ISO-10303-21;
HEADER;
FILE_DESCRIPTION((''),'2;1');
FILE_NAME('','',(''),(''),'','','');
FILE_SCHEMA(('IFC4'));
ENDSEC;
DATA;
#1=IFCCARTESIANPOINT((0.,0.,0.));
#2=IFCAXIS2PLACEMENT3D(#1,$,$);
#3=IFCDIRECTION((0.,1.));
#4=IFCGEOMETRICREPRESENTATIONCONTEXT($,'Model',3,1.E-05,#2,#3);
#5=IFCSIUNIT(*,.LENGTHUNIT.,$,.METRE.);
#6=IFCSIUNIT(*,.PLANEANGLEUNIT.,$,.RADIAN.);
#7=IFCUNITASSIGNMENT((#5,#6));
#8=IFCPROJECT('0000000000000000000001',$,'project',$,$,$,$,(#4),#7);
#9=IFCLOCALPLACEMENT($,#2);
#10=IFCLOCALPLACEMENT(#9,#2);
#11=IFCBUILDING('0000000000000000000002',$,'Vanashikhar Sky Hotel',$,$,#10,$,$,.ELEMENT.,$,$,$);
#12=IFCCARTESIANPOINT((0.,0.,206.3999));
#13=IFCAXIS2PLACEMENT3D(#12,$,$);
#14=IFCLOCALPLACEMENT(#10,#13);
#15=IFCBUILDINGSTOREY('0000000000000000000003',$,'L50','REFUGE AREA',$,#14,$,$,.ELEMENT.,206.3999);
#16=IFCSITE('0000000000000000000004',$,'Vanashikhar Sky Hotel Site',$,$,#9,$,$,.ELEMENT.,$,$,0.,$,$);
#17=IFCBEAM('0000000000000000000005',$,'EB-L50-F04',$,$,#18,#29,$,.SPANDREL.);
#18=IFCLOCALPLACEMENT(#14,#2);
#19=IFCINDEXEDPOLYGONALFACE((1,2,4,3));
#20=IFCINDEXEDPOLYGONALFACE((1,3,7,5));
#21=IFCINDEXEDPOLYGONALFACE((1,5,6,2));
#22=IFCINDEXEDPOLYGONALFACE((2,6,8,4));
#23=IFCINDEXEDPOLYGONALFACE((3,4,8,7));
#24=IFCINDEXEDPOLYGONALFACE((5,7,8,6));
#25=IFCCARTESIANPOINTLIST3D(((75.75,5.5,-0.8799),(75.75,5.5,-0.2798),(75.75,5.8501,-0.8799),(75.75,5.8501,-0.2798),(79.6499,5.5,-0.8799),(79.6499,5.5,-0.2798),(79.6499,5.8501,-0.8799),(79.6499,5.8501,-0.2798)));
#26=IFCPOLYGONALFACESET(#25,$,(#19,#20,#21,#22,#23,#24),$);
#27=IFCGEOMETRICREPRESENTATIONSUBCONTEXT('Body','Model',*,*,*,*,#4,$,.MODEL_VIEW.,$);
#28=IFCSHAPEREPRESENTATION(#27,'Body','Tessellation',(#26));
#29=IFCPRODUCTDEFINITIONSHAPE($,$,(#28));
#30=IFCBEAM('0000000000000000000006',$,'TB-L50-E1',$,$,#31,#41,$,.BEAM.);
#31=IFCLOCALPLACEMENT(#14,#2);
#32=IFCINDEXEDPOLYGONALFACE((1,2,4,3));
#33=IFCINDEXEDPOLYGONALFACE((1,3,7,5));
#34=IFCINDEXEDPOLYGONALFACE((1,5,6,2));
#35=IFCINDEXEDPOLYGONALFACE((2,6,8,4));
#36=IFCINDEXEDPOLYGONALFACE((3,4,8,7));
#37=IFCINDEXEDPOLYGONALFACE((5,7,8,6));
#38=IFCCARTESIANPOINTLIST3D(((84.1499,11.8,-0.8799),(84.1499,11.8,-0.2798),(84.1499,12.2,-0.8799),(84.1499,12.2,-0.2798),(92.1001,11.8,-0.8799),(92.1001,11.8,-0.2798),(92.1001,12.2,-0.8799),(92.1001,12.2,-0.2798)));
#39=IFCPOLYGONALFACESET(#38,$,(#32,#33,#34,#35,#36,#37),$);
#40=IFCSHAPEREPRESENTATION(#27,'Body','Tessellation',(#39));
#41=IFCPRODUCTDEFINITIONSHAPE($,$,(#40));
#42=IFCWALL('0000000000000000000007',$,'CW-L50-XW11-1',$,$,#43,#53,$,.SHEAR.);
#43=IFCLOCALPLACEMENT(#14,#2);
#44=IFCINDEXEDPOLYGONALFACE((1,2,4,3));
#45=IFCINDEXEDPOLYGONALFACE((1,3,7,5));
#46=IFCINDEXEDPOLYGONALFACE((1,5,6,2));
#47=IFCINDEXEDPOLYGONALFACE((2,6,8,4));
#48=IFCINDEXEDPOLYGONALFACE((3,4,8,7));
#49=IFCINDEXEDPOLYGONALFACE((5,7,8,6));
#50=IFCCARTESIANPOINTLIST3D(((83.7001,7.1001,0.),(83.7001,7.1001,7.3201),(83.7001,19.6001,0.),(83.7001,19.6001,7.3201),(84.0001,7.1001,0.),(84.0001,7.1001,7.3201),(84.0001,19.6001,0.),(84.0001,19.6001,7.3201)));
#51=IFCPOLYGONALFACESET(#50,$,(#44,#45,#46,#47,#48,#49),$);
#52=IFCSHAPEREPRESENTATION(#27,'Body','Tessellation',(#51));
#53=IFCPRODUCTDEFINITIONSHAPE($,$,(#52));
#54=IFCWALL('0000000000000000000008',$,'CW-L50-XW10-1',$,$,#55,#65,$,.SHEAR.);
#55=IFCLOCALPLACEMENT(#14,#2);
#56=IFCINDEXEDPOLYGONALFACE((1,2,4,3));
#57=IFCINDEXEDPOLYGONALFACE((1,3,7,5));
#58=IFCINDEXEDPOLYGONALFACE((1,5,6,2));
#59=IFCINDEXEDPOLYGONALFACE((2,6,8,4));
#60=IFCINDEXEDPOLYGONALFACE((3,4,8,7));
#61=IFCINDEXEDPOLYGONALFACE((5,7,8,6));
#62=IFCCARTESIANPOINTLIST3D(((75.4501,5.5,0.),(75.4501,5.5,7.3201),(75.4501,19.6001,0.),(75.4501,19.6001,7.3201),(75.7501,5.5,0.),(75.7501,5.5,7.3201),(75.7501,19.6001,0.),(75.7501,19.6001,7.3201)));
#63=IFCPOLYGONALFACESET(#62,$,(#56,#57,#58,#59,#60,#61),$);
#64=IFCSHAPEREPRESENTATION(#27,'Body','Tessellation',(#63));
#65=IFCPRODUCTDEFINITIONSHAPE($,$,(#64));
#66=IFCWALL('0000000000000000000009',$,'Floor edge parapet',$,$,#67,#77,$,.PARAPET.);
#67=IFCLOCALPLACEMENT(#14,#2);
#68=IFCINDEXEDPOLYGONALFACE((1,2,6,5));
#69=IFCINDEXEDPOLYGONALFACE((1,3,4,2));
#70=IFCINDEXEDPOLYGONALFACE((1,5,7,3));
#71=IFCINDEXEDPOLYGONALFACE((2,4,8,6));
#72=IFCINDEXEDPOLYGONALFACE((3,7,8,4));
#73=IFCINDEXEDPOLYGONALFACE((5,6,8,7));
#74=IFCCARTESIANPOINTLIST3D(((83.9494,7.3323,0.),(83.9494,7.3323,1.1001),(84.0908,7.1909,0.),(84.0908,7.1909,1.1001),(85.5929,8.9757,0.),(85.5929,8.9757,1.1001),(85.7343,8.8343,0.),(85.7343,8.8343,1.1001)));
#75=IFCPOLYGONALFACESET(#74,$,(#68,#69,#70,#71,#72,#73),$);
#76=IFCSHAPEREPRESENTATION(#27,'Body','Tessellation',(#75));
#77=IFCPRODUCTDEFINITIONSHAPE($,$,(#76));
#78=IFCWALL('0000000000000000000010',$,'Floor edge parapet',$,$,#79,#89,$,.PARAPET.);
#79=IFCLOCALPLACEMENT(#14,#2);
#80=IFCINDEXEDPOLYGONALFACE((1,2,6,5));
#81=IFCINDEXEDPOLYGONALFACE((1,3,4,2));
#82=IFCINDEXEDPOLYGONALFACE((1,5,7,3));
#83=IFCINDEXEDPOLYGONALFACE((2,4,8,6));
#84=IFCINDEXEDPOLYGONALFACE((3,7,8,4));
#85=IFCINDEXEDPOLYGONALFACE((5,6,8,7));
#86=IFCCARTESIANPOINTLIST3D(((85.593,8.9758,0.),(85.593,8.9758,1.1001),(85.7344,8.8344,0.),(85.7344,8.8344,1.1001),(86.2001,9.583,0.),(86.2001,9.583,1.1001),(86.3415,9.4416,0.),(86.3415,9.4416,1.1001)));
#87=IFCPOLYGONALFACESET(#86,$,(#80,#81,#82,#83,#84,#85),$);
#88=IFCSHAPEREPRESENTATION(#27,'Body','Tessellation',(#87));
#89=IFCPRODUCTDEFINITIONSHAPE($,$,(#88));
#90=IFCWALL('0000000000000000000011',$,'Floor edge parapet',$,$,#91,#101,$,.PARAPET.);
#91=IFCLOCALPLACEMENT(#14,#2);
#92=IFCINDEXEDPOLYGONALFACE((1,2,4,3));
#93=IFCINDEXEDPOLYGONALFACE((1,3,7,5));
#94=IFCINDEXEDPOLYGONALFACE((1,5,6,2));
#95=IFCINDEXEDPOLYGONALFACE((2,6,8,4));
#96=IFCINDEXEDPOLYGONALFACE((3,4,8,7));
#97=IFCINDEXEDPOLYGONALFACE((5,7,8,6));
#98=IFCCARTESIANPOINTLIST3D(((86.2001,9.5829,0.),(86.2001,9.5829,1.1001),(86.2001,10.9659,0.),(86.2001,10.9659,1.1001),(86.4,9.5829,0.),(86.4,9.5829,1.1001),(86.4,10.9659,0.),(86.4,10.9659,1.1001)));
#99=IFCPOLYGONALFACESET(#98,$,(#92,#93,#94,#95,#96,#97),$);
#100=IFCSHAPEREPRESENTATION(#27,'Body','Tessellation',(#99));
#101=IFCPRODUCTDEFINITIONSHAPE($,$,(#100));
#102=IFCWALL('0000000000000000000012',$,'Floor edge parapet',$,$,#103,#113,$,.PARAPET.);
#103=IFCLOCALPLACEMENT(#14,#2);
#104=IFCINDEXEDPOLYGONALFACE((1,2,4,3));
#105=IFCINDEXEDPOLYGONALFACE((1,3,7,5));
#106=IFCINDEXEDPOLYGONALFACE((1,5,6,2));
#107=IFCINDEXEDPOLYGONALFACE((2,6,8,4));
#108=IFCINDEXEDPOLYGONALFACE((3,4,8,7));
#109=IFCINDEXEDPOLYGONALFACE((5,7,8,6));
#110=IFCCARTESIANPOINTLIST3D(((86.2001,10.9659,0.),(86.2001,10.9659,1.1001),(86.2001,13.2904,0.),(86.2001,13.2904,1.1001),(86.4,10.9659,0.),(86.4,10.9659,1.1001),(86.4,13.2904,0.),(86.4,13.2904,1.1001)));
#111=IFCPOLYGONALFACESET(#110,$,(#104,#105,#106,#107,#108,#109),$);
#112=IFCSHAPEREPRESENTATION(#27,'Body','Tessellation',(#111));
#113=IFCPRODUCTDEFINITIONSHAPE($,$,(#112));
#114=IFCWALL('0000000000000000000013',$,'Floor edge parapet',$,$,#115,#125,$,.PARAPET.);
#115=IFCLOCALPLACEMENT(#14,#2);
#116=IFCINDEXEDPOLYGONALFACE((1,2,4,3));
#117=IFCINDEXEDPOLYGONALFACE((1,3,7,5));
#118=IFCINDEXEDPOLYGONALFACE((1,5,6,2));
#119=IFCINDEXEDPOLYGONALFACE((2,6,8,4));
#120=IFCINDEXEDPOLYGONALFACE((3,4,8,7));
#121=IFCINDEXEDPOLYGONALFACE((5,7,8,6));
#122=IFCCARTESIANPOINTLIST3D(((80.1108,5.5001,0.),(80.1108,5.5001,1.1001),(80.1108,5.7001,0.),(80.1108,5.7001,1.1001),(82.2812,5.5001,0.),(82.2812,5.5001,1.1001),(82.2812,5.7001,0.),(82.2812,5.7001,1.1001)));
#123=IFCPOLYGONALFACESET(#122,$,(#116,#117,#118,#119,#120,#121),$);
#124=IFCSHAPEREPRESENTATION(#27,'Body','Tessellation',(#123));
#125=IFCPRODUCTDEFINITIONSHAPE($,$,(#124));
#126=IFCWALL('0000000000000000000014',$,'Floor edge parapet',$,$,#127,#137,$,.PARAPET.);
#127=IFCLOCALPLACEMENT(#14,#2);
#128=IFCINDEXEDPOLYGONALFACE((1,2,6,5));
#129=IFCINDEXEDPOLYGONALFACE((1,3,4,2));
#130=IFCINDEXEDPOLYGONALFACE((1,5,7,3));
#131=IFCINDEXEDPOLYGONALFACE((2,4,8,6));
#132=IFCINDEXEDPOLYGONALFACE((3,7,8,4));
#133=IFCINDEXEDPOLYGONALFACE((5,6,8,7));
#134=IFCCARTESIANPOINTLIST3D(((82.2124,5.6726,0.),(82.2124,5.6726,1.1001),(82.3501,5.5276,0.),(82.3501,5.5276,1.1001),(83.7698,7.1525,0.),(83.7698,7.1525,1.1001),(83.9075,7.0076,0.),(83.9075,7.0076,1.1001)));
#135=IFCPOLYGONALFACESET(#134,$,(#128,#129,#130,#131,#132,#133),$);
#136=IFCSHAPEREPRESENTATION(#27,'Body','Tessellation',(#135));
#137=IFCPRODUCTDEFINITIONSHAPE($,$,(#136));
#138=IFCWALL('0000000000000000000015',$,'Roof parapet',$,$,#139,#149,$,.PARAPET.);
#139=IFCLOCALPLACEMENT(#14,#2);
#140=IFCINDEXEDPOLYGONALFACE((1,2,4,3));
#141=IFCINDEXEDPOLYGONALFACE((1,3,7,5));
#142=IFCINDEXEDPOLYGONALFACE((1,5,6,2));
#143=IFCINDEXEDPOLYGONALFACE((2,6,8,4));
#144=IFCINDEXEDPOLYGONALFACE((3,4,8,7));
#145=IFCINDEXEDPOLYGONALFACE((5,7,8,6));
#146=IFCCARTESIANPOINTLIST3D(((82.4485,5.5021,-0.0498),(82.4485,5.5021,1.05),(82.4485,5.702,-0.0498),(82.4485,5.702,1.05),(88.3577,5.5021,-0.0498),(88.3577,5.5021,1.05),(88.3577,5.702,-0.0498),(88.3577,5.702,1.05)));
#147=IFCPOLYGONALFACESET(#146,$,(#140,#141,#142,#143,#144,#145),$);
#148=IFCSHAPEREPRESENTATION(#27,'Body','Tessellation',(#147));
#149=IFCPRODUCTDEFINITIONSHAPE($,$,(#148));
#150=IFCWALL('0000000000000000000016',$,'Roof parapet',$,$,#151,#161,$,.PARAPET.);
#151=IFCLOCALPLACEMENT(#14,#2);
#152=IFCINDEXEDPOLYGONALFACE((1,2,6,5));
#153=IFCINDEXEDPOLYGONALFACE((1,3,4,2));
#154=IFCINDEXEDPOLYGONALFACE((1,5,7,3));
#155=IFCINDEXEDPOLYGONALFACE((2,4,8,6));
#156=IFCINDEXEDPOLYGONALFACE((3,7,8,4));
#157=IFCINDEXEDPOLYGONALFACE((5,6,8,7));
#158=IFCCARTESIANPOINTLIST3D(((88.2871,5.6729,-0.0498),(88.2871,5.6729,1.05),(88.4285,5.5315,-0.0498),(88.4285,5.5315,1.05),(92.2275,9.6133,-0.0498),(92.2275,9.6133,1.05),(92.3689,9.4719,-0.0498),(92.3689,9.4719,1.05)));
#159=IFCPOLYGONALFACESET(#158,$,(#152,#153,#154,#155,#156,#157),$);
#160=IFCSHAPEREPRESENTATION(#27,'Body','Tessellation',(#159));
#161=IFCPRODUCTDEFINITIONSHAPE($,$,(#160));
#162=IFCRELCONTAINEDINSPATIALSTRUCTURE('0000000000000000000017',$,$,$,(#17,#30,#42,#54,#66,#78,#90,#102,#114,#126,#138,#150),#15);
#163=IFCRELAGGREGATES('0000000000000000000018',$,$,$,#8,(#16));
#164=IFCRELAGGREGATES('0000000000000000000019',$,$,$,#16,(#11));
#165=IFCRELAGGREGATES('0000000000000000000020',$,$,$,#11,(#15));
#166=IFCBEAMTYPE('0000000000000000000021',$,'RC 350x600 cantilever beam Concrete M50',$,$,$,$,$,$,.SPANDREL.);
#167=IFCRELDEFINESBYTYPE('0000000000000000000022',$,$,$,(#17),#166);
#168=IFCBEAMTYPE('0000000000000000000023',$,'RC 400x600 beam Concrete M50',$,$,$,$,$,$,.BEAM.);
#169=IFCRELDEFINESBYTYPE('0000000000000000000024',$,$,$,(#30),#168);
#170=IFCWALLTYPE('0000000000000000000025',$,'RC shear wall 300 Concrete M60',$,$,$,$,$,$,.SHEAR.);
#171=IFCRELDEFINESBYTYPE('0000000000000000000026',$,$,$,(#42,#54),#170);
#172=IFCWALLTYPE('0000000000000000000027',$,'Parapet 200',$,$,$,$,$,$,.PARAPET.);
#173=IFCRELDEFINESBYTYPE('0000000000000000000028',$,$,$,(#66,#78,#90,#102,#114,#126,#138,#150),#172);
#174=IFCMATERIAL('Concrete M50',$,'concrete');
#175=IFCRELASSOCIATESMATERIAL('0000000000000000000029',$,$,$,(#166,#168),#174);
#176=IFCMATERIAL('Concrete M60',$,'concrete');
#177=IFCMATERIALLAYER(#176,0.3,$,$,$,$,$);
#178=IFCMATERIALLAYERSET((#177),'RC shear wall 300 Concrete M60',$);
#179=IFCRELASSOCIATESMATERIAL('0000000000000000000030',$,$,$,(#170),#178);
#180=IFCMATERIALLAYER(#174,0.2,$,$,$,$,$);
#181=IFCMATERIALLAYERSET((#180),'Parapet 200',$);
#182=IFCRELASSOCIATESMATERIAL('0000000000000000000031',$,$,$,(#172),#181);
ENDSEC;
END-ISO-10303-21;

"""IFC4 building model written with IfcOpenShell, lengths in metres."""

from ifc_helpers import new_model, si_unit, direction, frame, frame_2d, origin, origin_2d, place, context, subcontext, project, spatial, rectangle, extrude, source, transform, mapped, material, layer, layer_set, material_profile, profile_set, type_object, element, save


model = new_model("IFC4")

# Units and contexts
model_context = context("Model", 3, precision=1e-05, world=origin(), true_north=direction((0.0, 1.0)))
body_context = subcontext(model_context, "Body", "Model", "MODEL_VIEW")
ifc_project = project(units=[si_unit("LENGTHUNIT", "METRE"), si_unit("PLANEANGLEUNIT", "RADIAN")], contexts=[model_context])

# Site, building, storey
site_placement = place(None, origin())
site = spatial("IfcSite", under=ifc_project, at=site_placement, Name="Vanashikhar Sky Hotel Site", CompositionType="ELEMENT", RefElevation=0.0)
building_placement = place(site_placement, origin())
building = spatial("IfcBuilding", under=site, at=building_placement, Name="Vanashikhar Sky Hotel", CompositionType="ELEMENT")
storey_placement = place(building_placement, frame((0.0, 0.0, 206.3999)))
storey = spatial("IfcBuildingStorey", under=building, at=storey_placement, Name="L50", Description="REFUGE AREA", CompositionType="ELEMENT", Elevation=206.3999)

# Beams
ifc_material_1 = material(Name="Concrete M50", Category="concrete")
ifc_material_profile_1 = material_profile(ifc_material_1, rectangle(XDim=0.3501, YDim=0.6001, at=origin_2d()))
ifc_profile_set_1 = profile_set([ifc_material_profile_1], Name="RC 350x600 cantilever beam Concrete M50")
beam_type_1 = type_object("IfcBeamType", Name="RC 350x600 cantilever beam Concrete M50", PredefinedType="SPANDREL", material=ifc_profile_set_1)
shared_shape_1 = source(origin(), body_context, "Body", "SweptSolid", [
    extrude(rectangle(XDim=0.3501, YDim=0.6001, at=origin_2d()), origin(), (0.0, 0.0, 1.0), 3.8999),
])
beam_1_placement = place(storey_placement, frame((75.75, 5.675, -0.5798), z_axis=(1.0, 0.0, 0.0), x_axis=(0.0, 1.0, 0.0)))
element("IfcBeam", 1, at=beam_1_placement, inside=storey, type_object=beam_type_1, Name="EB-L50-F04", PredefinedType="SPANDREL", context=body_context, shape_type="MappedRepresentation", body=[
    mapped(shared_shape_1, transform((0.0, 0.0, 0.0), scale=1.0)),
])
ifc_material_profile_2 = material_profile(ifc_material_1, rectangle(XDim=0.3999, YDim=0.6001, at=origin_2d()))
ifc_profile_set_2 = profile_set([ifc_material_profile_2], Name="RC 400x600 beam Concrete M50")
beam_type_2 = type_object("IfcBeamType", Name="RC 400x600 beam Concrete M50", PredefinedType="BEAM", material=ifc_profile_set_2)
shared_shape_2 = source(origin(), body_context, "Body", "SweptSolid", [
    extrude(rectangle(XDim=0.3999, YDim=0.6001, at=origin_2d()), origin(), (0.0, 0.0, 1.0), 7.9502),
])
beam_2_placement = place(storey_placement, frame((84.1499, 12.0, -0.5798), z_axis=(1.0, 0.0, 0.0), x_axis=(0.0, 1.0, 0.0)))
element("IfcBeam", 2, at=beam_2_placement, inside=storey, type_object=beam_type_2, Name="TB-L50-E1", PredefinedType="BEAM", context=body_context, shape_type="MappedRepresentation", body=[
    mapped(shared_shape_2, transform((0.0, 0.0, 0.0), scale=1.0)),
])

# Walls
ifc_material_2 = material(Name="Concrete M60", Category="concrete")
ifc_layer_1 = layer(ifc_material_2, 0.3)
ifc_layer_set_1 = layer_set([ifc_layer_1], Name="RC shear wall 300 Concrete M60")
wall_type_1 = type_object("IfcWallType", Name="RC shear wall 300 Concrete M60", PredefinedType="SHEAR", material=ifc_layer_set_1)
shared_shape_3 = source(origin(), body_context, "Body", "SweptSolid", [
    extrude(rectangle(XDim=12.5, YDim=0.3, at=frame_2d((6.25, 0.0))), origin(), (0.0, 0.0, 1.0), 7.3201),
])
wall_1_placement = place(storey_placement, frame((83.8501, 7.1001, 0.0), z_axis=(0.0, 0.0, 1.0), x_axis=(0.0, 1.0, 0.0)))
element("IfcWall", 3, at=wall_1_placement, inside=storey, type_object=wall_type_1, Name="CW-L50-XW11-1", PredefinedType="SHEAR", context=body_context, shape_type="MappedRepresentation", body=[
    mapped(shared_shape_3, transform((0.0, 0.0, 0.0), scale=1.0)),
])
shared_shape_4 = source(origin(), body_context, "Body", "SweptSolid", [
    extrude(rectangle(XDim=14.1001, YDim=0.3, at=frame_2d((7.05, 0.0))), origin(), (0.0, 0.0, 1.0), 7.3201),
])
wall_2_placement = place(storey_placement, frame((75.6001, 5.5, 0.0), z_axis=(0.0, 0.0, 1.0), x_axis=(0.0, 1.0, 0.0)))
element("IfcWall", 4, at=wall_2_placement, inside=storey, type_object=wall_type_1, Name="CW-L50-XW10-1", PredefinedType="SHEAR", context=body_context, shape_type="MappedRepresentation", body=[
    mapped(shared_shape_4, transform((0.0, 0.0, 0.0), scale=1.0)),
])
ifc_layer_2 = layer(ifc_material_1, 0.2)
ifc_layer_set_2 = layer_set([ifc_layer_2], Name="Parapet 200")
wall_type_2 = type_object("IfcWallType", Name="Parapet 200", PredefinedType="PARAPET", material=ifc_layer_set_2)
shared_shape_5 = source(origin(), body_context, "Body", "SweptSolid", [
    extrude(rectangle(XDim=2.3242, YDim=0.2, at=frame_2d((1.1621, 0.0))), origin(), (0.0, 0.0, 1.0), 1.1001),
])
wall_3_placement = place(storey_placement, frame((85.6636, 8.905, 0.0), z_axis=(0.0, 0.0, 1.0), x_axis=(-0.707107, -0.707107, 0.0)))
element("IfcWall", 5, at=wall_3_placement, inside=storey, type_object=wall_type_2, Name="Floor edge parapet", PredefinedType="PARAPET", context=body_context, shape_type="MappedRepresentation", body=[
    mapped(shared_shape_5, transform((0.0, 0.0, 0.0), scale=1.0)),
])
shared_shape_6 = source(origin(), body_context, "Body", "SweptSolid", [
    extrude(rectangle(XDim=0.8586, YDim=0.2, at=frame_2d((0.4292, 0.0))), origin(), (0.0, 0.0, 1.0), 1.1001),
])
wall_4_placement = place(storey_placement, frame((86.2708, 9.5122, 0.0), z_axis=(0.0, 0.0, 1.0), x_axis=(-0.707107, -0.707107, 0.0)))
element("IfcWall", 6, at=wall_4_placement, inside=storey, type_object=wall_type_2, Name="Floor edge parapet", PredefinedType="PARAPET", context=body_context, shape_type="MappedRepresentation", body=[
    mapped(shared_shape_6, transform((0.0, 0.0, 0.0), scale=1.0)),
])
shared_shape_7 = source(origin(), body_context, "Body", "SweptSolid", [
    extrude(rectangle(XDim=1.3831, YDim=0.2, at=frame_2d((0.6914, 0.0))), origin(), (0.0, 0.0, 1.0), 1.1001),
])
wall_5_placement = place(storey_placement, frame((86.3, 10.9658, 0.0), z_axis=(0.0, 0.0, 1.0), x_axis=(0.0, -1.0, 0.0)))
element("IfcWall", 7, at=wall_5_placement, inside=storey, type_object=wall_type_2, Name="Floor edge parapet", PredefinedType="PARAPET", context=body_context, shape_type="MappedRepresentation", body=[
    mapped(shared_shape_7, transform((0.0, 0.0, 0.0), scale=1.0)),
])
shared_shape_8 = source(origin(), body_context, "Body", "SweptSolid", [
    extrude(rectangle(XDim=2.3245, YDim=0.2, at=frame_2d((1.1621, 0.0))), origin(), (0.0, 0.0, 1.0), 1.1001),
])
wall_6_placement = place(storey_placement, frame((86.3, 13.2903, 0.0), z_axis=(0.0, 0.0, 1.0), x_axis=(0.0, -1.0, 0.0)))
element("IfcWall", 8, at=wall_6_placement, inside=storey, type_object=wall_type_2, Name="Floor edge parapet", PredefinedType="PARAPET", context=body_context, shape_type="MappedRepresentation", body=[
    mapped(shared_shape_8, transform((0.0, 0.0, 0.0), scale=1.0)),
])
shared_shape_9 = source(origin(), body_context, "Body", "SweptSolid", [
    extrude(rectangle(XDim=2.1704, YDim=0.2, at=frame_2d((1.0852, 0.0))), origin(), (0.0, 0.0, 1.0), 1.1001),
])
wall_7_placement = place(storey_placement, frame((82.2812, 5.6001, 0.0), z_axis=(0.0, 0.0, 1.0), x_axis=(-1.0, 0.0, 0.0)))
element("IfcWall", 9, at=wall_7_placement, inside=storey, type_object=wall_type_2, Name="Floor edge parapet", PredefinedType="PARAPET", context=body_context, shape_type="MappedRepresentation", body=[
    mapped(shared_shape_9, transform((0.0, 0.0, 0.0), scale=1.0)),
])
shared_shape_10 = source(origin(), body_context, "Body", "SweptSolid", [
    extrude(rectangle(XDim=2.1484, YDim=0.2, at=frame_2d((1.0742, 0.0))), origin(), (0.0, 0.0, 1.0), 1.1001),
])
wall_8_placement = place(storey_placement, frame((83.8386, 7.0801, 0.0), z_axis=(0.0, 0.0, 1.0), x_axis=(-0.724889, -0.688866, 0.0)))
element("IfcWall", 10, at=wall_8_placement, inside=storey, type_object=wall_type_2, Name="Floor edge parapet", PredefinedType="PARAPET", context=body_context, shape_type="MappedRepresentation", body=[
    mapped(shared_shape_10, transform((0.0, 0.0, 0.0), scale=1.0)),
])
shared_shape_11 = source(origin(), body_context, "Body", "SweptSolid", [
    extrude(rectangle(XDim=5.9092, YDim=0.2, at=frame_2d((2.9546, 0.0))), origin(), (0.0, 0.0, 1.0), 1.0999),
])
wall_9_placement = place(storey_placement, frame((88.3577, 5.6021, -0.0498), z_axis=(0.0, 0.0, 1.0), x_axis=(-1.0, 0.0, 0.0)))
element("IfcWall", 11, at=wall_9_placement, inside=storey, type_object=wall_type_2, Name="Roof parapet", PredefinedType="PARAPET", context=body_context, shape_type="MappedRepresentation", body=[
    mapped(shared_shape_11, transform((0.0, 0.0, 0.0), scale=1.0)),
])
shared_shape_12 = source(origin(), body_context, "Body", "SweptSolid", [
    extrude(rectangle(XDim=5.5725, YDim=0.2, at=frame_2d((2.7861, 0.0))), origin(), (0.0, 0.0, 1.0), 1.0999),
])
wall_10_placement = place(storey_placement, frame((92.2981, 9.5425, -0.0498), z_axis=(0.0, 0.0, 1.0), x_axis=(-0.707107, -0.707107, 0.0)))
element("IfcWall", 12, at=wall_10_placement, inside=storey, type_object=wall_type_2, Name="Roof parapet", PredefinedType="PARAPET", context=body_context, shape_type="MappedRepresentation", body=[
    mapped(shared_shape_12, transform((0.0, 0.0, 0.0), scale=1.0)),
])

save(model, "model.ifc")
